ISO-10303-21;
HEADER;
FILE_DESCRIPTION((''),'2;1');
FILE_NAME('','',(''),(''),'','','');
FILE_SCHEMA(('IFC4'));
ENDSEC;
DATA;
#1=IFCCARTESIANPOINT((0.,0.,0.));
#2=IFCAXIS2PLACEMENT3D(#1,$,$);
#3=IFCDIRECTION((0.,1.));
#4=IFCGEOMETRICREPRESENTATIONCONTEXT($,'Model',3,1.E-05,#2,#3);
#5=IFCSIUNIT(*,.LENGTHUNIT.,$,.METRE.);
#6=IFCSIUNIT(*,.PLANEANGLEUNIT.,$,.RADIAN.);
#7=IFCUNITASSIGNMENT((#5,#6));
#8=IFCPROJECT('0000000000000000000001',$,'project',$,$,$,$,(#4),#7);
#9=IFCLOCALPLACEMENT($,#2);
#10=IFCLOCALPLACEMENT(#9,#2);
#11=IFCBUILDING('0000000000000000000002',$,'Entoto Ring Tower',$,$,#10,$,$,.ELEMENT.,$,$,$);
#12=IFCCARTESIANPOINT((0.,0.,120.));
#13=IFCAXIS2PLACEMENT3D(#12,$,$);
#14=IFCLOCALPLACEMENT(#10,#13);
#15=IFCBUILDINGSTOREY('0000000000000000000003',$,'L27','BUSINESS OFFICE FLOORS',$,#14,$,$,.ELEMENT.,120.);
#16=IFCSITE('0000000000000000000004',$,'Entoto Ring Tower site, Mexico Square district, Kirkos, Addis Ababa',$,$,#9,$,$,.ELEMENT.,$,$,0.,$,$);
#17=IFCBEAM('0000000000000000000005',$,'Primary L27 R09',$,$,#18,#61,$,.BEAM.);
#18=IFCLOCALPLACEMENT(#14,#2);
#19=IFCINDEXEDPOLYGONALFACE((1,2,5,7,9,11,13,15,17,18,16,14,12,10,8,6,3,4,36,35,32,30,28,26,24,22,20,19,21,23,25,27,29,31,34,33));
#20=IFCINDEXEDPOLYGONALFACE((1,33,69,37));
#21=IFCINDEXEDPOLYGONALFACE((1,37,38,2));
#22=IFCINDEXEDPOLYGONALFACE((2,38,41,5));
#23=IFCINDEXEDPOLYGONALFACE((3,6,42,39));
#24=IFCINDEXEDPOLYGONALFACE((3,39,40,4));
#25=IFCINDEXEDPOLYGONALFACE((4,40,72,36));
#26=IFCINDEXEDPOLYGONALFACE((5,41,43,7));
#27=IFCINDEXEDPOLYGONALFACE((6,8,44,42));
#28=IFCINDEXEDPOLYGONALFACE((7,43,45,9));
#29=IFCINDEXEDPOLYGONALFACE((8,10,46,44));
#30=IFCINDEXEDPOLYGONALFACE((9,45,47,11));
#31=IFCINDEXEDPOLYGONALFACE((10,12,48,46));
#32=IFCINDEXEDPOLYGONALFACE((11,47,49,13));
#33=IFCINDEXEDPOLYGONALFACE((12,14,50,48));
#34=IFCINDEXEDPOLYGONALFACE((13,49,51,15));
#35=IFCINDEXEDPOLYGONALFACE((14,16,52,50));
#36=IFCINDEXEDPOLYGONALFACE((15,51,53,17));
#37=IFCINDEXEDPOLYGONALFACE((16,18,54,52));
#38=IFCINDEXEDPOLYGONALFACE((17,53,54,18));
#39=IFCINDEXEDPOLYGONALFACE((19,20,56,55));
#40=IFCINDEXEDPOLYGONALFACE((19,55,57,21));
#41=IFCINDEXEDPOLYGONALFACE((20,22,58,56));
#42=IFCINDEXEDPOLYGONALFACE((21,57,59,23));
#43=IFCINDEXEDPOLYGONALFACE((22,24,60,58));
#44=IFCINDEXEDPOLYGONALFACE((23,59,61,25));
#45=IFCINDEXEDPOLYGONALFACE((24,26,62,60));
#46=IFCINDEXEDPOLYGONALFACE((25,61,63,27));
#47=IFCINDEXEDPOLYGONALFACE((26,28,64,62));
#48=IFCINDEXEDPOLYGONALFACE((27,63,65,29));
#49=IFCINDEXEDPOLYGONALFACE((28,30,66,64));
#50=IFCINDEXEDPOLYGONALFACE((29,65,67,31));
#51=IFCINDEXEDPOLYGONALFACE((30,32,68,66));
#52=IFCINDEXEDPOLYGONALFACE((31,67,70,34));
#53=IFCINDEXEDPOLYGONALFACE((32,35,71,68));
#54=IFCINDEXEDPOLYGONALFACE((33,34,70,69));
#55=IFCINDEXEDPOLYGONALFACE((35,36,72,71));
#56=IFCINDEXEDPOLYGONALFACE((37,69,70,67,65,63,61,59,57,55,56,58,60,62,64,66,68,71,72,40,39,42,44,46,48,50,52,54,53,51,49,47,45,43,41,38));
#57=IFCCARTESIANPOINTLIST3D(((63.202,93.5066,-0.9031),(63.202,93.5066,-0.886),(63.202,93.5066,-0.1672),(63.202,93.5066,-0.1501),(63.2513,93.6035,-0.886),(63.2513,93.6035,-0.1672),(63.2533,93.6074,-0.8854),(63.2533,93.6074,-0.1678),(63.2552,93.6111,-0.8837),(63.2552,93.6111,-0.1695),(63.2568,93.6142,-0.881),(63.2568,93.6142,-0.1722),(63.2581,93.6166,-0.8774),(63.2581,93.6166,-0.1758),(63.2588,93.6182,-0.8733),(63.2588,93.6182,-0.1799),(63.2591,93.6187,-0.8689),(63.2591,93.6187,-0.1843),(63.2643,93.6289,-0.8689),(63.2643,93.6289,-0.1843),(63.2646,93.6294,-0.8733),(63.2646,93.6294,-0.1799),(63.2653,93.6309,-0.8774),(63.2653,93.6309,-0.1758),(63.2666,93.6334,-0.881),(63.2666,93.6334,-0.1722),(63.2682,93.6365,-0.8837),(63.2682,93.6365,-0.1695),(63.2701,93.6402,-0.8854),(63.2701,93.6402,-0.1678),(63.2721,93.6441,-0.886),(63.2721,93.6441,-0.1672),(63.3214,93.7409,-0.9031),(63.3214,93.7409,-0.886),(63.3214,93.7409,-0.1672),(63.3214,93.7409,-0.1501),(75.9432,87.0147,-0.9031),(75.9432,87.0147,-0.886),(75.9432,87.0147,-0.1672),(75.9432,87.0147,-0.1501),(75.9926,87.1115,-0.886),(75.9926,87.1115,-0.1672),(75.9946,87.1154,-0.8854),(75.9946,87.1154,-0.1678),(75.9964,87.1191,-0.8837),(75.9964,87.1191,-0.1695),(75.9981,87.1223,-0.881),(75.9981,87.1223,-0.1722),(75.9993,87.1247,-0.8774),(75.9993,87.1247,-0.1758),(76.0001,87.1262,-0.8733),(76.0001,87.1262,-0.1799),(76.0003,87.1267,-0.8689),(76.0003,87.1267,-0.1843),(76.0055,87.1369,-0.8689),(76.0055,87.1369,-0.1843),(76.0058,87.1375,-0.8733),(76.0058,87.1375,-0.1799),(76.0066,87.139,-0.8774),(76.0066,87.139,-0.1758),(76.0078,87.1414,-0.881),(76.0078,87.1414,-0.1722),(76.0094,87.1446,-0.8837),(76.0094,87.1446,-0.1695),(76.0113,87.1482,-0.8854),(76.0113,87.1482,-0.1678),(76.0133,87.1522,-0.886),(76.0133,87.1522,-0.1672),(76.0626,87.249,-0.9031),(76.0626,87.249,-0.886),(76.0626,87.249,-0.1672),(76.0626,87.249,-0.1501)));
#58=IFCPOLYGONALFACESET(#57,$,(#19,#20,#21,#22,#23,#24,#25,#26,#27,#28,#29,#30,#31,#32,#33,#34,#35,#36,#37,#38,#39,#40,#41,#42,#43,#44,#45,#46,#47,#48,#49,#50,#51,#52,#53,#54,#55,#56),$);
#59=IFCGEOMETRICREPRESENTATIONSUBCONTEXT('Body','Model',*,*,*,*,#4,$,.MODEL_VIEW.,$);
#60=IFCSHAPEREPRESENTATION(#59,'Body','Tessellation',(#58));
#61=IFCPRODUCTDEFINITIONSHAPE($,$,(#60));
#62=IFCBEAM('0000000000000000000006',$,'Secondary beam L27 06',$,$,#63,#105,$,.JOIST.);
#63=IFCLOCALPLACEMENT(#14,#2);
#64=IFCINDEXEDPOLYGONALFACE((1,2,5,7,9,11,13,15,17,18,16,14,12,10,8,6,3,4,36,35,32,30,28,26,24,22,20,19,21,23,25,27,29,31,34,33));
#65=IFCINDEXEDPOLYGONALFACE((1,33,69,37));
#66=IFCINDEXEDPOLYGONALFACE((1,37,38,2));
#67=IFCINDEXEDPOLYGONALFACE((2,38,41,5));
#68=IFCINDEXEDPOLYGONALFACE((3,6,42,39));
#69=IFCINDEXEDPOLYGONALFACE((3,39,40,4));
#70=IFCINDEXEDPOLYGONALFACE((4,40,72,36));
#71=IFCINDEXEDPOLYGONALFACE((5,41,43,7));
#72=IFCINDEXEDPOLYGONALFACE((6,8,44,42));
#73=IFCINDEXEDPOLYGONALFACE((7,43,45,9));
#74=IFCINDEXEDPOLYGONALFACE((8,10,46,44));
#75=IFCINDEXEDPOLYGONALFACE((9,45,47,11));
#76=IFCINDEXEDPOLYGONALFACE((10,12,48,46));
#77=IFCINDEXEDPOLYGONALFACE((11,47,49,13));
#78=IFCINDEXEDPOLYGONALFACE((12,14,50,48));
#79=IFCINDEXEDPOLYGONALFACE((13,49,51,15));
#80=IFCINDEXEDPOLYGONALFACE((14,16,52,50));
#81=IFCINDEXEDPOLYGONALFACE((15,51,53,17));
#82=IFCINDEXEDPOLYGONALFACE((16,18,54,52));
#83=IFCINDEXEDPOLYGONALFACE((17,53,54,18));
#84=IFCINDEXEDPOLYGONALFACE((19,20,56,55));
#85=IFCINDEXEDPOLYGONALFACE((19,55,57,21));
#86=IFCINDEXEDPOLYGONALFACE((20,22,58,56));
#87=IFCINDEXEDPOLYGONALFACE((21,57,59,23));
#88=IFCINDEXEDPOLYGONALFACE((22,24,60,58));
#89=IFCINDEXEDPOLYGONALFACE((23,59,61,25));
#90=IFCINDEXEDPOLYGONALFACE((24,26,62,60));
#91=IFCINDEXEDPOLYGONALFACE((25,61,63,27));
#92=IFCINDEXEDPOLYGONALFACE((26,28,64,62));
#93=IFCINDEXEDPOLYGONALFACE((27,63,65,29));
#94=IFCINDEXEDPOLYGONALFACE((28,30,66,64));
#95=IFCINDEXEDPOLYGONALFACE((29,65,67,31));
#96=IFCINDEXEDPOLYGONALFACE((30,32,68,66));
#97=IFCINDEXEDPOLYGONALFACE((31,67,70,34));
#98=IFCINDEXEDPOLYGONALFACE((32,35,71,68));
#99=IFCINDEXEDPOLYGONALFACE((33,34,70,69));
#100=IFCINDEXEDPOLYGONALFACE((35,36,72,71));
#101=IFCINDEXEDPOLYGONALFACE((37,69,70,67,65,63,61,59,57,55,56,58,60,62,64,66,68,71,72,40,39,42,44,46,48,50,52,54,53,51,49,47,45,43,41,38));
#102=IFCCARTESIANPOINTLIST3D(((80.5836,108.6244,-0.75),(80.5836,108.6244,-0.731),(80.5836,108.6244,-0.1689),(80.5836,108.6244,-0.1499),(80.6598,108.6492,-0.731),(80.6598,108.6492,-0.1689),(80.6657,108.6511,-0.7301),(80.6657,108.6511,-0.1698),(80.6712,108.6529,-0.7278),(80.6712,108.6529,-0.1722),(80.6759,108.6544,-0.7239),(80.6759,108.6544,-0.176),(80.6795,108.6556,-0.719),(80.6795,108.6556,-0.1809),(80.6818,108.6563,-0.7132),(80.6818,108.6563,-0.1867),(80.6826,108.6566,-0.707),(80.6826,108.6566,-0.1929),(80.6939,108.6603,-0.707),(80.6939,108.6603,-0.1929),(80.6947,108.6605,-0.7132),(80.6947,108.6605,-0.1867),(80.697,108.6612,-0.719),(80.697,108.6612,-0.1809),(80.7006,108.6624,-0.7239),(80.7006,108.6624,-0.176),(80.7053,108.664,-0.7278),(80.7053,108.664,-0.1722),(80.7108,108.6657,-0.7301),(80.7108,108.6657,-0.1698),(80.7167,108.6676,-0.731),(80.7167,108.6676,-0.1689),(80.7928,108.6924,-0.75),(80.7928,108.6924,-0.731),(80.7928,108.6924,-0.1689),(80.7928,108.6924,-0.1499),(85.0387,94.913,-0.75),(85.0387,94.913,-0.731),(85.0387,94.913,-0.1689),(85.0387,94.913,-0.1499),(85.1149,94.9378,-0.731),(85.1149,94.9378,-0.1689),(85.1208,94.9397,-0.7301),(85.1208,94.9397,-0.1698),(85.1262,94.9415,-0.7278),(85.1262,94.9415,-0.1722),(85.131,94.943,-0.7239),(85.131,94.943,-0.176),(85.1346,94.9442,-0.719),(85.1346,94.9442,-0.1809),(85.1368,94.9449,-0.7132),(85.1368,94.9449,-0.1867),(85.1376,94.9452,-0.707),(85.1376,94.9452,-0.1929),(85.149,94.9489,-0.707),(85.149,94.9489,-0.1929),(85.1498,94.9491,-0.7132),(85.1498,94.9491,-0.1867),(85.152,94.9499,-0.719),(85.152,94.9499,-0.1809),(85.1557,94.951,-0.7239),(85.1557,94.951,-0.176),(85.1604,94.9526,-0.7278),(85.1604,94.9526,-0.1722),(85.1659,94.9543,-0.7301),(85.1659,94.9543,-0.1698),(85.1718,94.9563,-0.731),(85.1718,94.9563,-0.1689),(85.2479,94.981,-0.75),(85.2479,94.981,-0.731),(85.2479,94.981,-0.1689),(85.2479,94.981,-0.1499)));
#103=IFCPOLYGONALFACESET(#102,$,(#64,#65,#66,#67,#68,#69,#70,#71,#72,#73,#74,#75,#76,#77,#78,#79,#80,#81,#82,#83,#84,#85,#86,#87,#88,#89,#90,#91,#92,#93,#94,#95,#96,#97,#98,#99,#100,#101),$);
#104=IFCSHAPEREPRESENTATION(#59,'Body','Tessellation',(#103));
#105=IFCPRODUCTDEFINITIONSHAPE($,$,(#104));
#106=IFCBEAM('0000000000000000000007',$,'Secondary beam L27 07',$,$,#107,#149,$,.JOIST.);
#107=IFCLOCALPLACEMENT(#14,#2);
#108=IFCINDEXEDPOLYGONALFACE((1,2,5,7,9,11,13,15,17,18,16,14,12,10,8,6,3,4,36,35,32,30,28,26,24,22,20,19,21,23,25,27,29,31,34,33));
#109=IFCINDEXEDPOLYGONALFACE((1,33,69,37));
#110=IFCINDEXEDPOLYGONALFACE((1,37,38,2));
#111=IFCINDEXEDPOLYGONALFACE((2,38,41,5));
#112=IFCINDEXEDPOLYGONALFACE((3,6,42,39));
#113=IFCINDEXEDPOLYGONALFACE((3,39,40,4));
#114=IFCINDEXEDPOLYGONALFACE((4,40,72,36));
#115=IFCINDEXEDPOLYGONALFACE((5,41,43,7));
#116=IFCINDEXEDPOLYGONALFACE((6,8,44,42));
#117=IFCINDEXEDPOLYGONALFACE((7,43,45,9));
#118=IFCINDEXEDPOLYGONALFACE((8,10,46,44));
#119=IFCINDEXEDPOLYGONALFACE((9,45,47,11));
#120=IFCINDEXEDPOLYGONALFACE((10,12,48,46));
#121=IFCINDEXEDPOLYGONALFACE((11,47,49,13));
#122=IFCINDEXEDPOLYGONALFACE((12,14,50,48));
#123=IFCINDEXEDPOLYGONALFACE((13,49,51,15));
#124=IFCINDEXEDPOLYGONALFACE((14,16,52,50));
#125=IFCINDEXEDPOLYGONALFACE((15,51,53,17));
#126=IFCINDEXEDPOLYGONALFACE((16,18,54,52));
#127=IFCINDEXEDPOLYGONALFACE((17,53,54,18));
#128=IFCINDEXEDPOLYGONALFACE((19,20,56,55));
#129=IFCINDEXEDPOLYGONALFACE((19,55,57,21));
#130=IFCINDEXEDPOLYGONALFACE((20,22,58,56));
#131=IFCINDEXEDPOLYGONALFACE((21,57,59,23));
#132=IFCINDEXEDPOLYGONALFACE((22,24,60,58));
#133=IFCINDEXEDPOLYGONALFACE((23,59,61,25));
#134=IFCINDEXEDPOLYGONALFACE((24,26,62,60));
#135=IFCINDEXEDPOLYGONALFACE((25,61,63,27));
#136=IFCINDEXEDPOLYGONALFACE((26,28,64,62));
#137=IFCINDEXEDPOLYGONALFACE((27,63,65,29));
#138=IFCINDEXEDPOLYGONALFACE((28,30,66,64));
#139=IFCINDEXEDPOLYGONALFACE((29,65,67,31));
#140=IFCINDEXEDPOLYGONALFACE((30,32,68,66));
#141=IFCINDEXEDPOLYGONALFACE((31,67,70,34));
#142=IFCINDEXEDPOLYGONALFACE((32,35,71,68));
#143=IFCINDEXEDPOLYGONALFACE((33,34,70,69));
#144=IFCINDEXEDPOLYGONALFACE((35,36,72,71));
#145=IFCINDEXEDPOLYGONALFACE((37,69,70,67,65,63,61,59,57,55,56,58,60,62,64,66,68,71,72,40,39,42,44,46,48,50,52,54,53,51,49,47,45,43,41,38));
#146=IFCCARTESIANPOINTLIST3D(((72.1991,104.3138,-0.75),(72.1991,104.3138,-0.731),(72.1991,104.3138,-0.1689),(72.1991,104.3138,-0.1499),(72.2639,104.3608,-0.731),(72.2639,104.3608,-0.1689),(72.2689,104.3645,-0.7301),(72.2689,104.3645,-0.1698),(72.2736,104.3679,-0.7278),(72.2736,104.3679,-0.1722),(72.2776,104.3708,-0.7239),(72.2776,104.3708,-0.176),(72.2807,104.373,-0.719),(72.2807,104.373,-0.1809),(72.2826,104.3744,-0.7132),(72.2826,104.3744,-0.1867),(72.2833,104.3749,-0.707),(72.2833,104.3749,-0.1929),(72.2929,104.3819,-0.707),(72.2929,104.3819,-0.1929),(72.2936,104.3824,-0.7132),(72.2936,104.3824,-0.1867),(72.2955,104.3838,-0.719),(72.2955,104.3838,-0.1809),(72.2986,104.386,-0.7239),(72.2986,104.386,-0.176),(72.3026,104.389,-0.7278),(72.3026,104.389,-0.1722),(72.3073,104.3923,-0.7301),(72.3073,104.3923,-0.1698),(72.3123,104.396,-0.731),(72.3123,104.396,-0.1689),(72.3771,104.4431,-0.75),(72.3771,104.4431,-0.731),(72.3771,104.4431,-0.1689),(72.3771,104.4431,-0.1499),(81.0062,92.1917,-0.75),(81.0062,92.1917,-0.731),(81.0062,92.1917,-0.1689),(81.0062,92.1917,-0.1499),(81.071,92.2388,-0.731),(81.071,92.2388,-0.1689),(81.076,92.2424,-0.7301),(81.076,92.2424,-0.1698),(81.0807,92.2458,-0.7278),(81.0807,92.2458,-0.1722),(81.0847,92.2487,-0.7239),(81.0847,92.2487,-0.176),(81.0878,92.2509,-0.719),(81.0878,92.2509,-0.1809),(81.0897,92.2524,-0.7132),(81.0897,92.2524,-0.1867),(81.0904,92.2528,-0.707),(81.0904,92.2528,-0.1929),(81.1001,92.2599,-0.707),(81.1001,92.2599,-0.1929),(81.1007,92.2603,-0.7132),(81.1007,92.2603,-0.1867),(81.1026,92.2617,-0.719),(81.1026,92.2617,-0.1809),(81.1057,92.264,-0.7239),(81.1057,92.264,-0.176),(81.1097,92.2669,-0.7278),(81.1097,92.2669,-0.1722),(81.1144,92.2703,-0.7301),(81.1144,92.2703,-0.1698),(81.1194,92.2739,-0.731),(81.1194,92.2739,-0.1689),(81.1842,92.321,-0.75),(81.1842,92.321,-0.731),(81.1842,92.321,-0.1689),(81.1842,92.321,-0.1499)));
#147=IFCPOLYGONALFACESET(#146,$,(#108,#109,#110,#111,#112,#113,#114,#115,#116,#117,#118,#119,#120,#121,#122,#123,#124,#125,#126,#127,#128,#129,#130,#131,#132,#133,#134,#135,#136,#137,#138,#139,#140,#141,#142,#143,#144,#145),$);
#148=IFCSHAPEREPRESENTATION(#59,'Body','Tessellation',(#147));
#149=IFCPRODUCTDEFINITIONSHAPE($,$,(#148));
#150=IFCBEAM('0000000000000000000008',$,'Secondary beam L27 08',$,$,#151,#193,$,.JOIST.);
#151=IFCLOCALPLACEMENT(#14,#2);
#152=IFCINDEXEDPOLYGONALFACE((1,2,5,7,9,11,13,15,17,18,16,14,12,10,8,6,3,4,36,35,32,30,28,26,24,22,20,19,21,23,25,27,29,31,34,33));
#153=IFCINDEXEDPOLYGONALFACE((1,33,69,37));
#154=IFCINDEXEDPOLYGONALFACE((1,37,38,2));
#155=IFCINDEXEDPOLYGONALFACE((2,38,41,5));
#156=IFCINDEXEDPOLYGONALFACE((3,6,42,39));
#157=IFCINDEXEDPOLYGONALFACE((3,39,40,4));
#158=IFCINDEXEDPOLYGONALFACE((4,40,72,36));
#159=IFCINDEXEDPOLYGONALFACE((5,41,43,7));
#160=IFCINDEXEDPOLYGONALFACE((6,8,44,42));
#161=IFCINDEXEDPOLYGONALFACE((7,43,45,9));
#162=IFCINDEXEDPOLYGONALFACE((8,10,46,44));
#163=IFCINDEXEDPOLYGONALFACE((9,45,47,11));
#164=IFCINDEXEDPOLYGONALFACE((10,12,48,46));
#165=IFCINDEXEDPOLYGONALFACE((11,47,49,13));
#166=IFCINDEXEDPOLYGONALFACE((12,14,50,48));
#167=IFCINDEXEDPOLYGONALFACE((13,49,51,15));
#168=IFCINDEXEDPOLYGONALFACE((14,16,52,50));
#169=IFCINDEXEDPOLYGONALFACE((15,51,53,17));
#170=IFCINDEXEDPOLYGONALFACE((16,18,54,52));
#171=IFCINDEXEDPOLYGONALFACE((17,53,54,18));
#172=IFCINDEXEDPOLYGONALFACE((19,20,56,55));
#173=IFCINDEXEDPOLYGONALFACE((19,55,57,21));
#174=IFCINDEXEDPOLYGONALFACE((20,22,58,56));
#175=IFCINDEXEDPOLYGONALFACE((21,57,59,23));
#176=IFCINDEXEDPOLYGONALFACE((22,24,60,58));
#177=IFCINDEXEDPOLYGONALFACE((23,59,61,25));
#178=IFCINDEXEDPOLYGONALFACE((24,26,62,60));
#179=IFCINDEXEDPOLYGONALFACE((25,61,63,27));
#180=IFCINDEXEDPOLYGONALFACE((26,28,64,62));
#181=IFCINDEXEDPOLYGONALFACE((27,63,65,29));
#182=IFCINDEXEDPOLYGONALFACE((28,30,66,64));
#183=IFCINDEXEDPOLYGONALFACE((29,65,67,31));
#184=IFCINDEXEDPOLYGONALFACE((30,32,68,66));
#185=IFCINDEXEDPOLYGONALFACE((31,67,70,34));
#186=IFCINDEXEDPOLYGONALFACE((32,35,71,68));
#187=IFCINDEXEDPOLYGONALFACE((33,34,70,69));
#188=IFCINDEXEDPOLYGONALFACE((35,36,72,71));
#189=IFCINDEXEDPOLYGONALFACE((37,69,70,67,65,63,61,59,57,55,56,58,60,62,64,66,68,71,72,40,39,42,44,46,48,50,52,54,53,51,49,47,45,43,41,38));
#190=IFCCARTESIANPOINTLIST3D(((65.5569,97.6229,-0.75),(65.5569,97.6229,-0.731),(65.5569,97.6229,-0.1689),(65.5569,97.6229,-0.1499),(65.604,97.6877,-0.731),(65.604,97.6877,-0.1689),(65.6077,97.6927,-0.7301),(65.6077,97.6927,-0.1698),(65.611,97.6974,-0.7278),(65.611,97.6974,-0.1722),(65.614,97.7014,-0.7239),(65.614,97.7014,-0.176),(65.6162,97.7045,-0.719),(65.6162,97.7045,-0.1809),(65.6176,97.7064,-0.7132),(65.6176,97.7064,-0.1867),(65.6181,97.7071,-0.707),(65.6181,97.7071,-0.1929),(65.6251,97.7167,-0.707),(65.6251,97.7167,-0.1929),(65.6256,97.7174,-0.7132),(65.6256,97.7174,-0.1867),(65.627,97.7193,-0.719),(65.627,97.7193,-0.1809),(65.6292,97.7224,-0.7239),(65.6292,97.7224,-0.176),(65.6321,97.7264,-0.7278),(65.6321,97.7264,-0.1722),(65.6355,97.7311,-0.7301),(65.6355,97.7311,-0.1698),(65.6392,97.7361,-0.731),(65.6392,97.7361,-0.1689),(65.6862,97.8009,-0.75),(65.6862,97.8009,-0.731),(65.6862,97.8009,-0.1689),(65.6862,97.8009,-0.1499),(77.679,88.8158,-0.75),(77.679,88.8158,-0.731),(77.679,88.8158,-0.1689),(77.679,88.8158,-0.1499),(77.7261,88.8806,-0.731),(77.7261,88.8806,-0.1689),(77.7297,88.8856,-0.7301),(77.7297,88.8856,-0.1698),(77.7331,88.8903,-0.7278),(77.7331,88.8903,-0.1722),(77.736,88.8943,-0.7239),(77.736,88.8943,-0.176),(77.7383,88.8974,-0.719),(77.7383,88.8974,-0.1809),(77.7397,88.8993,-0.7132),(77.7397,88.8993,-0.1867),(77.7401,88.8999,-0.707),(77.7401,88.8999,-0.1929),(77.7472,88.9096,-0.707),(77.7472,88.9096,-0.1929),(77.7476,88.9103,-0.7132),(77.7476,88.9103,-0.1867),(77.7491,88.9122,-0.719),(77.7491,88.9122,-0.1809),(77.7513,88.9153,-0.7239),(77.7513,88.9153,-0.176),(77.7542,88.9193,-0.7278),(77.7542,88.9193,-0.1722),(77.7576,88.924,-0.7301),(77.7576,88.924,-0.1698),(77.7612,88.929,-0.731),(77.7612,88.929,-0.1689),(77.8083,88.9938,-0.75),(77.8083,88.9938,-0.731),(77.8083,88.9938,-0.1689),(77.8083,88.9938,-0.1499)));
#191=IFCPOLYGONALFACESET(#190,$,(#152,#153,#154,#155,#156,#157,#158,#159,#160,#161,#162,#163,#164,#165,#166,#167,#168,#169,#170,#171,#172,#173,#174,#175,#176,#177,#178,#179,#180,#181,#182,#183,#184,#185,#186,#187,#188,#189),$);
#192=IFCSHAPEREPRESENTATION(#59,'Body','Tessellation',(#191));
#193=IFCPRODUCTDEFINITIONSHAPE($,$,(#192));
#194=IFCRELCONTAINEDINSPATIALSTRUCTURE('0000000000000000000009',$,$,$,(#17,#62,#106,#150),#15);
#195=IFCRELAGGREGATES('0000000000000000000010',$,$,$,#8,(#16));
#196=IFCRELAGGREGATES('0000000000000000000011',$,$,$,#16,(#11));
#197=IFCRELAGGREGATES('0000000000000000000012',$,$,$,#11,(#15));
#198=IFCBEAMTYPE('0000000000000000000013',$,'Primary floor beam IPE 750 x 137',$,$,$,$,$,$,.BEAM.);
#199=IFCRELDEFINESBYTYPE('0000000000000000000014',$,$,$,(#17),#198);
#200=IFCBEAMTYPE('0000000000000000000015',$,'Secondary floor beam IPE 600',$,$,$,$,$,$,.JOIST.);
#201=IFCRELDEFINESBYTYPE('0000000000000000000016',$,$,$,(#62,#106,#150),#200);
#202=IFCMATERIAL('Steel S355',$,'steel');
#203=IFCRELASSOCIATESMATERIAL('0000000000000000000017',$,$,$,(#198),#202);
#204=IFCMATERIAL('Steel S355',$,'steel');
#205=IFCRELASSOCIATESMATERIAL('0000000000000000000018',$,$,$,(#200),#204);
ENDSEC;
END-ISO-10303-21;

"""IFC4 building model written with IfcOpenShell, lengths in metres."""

from ifc_helpers import new_model, si_unit, direction, frame, origin, origin_2d, place, context, subcontext, project, spatial, i_section, extrude, material, material_profile, profile_set, type_object, element, save


model = new_model("IFC4")

# Units and contexts
model_context = context("Model", 3, precision=1e-05, world=origin(), true_north=direction((0.0, 1.0)))
body_context = subcontext(model_context, "Body", "Model", "MODEL_VIEW")
ifc_project = project(units=[si_unit("LENGTHUNIT", "METRE"), si_unit("PLANEANGLEUNIT", "RADIAN")], contexts=[model_context])

# Site, building, storey
site_placement = place(None, origin())
site = spatial("IfcSite", under=ifc_project, at=site_placement, Name="Entoto Ring Tower site, Mexico Square district, Kirkos, Addis Ababa", CompositionType="ELEMENT", RefElevation=0.0)
building_placement = place(site_placement, origin())
building = spatial("IfcBuilding", under=site, at=building_placement, Name="Entoto Ring Tower", CompositionType="ELEMENT")
storey_placement = place(building_placement, frame((0.0, 0.0, 120.0)))
storey = spatial("IfcBuildingStorey", under=building, at=storey_placement, Name="L27", Description="BUSINESS OFFICE FLOORS", CompositionType="ELEMENT", Elevation=120.0)

# Beams
ifc_material_1 = material(Name="Steel S355", Category="steel")
ifc_material_profile_1 = material_profile(ifc_material_1, i_section(OverallWidth=0.2629, OverallDepth=0.7529, WebThickness=0.0115, FlangeThickness=0.0171, FilletRadius=0.0171, at=origin_2d()), Name="IPE 750 x 137")
ifc_profile_set_1 = profile_set([ifc_material_profile_1], Name="Steel S355")
beam_type_1 = type_object("IfcBeamType", Name="Primary floor beam IPE 750 x 137", PredefinedType="BEAM", material=ifc_profile_set_1)
beam_1_placement = place(storey_placement, frame((76.0029, 87.1318, -0.5266), z_axis=(-0.891007, 0.453989, 0.0), x_axis=(-0.453989, -0.891007, 0.0)))
element("IfcBeam", 1, at=beam_1_placement, inside=storey, type_object=beam_type_1, Name="Primary L27 R09", PredefinedType="BEAM", context=body_context, shape_type="SweptSolid", body=[
    extrude(i_section(OverallWidth=0.2629, OverallDepth=0.7529, WebThickness=0.0115, FlangeThickness=0.0171, FilletRadius=0.0171, at=origin_2d()), origin(), (0.0, 0.0, 1.0), 14.2998),
])
ifc_material_2 = material(Name="Steel S355", Category="steel")
ifc_material_profile_2 = material_profile(ifc_material_2, i_section(OverallWidth=0.22, OverallDepth=0.6001, WebThickness=0.012, FlangeThickness=0.019, FilletRadius=0.0239, at=origin_2d()), Name="IPE 600")
ifc_profile_set_2 = profile_set([ifc_material_profile_2], Name="Steel S355")
beam_type_2 = type_object("IfcBeamType", Name="Secondary floor beam IPE 600", PredefinedType="JOIST", material=ifc_profile_set_2)
beam_2_placement = place(storey_placement, frame((85.1433, 94.947, -0.45), z_axis=(-0.309015, 0.951057, 0.0), x_axis=(-0.951057, -0.309015, 0.0)))
element("IfcBeam", 2, at=beam_2_placement, inside=storey, type_object=beam_type_2, Name="Secondary beam L27 06", PredefinedType="JOIST", context=body_context, shape_type="SweptSolid", body=[
    extrude(i_section(OverallWidth=0.22, OverallDepth=0.6001, WebThickness=0.012, FlangeThickness=0.019, FilletRadius=0.0239, at=origin_2d()), origin(), (0.0, 0.0, 1.0), 14.417),
])
for number, where, z_axis, x_axis, name in (
    (3, (81.0952, 92.2563, -0.45), (-0.587782, 0.809019, 0.0), (-0.809019, -0.587782, 0.0), "Secondary beam L27 07"),
    (4, (77.7437, 88.9048, -0.45), (-0.809019, 0.587782, 0.0), (-0.587782, -0.809019, 0.0), "Secondary beam L27 08"),
):
    element("IfcBeam", number, at=place(storey_placement, frame(where, z_axis=z_axis, x_axis=x_axis)), inside=storey, type_object=beam_type_2, Name=name, PredefinedType="JOIST", context=body_context, shape_type="SweptSolid", body=[
        extrude(i_section(OverallWidth=0.22, OverallDepth=0.6001, WebThickness=0.012, FlangeThickness=0.019, FilletRadius=0.0239, at=origin_2d()), origin(), (0.0, 0.0, 1.0), 14.9836),
    ])

save(model, "model.ifc")
